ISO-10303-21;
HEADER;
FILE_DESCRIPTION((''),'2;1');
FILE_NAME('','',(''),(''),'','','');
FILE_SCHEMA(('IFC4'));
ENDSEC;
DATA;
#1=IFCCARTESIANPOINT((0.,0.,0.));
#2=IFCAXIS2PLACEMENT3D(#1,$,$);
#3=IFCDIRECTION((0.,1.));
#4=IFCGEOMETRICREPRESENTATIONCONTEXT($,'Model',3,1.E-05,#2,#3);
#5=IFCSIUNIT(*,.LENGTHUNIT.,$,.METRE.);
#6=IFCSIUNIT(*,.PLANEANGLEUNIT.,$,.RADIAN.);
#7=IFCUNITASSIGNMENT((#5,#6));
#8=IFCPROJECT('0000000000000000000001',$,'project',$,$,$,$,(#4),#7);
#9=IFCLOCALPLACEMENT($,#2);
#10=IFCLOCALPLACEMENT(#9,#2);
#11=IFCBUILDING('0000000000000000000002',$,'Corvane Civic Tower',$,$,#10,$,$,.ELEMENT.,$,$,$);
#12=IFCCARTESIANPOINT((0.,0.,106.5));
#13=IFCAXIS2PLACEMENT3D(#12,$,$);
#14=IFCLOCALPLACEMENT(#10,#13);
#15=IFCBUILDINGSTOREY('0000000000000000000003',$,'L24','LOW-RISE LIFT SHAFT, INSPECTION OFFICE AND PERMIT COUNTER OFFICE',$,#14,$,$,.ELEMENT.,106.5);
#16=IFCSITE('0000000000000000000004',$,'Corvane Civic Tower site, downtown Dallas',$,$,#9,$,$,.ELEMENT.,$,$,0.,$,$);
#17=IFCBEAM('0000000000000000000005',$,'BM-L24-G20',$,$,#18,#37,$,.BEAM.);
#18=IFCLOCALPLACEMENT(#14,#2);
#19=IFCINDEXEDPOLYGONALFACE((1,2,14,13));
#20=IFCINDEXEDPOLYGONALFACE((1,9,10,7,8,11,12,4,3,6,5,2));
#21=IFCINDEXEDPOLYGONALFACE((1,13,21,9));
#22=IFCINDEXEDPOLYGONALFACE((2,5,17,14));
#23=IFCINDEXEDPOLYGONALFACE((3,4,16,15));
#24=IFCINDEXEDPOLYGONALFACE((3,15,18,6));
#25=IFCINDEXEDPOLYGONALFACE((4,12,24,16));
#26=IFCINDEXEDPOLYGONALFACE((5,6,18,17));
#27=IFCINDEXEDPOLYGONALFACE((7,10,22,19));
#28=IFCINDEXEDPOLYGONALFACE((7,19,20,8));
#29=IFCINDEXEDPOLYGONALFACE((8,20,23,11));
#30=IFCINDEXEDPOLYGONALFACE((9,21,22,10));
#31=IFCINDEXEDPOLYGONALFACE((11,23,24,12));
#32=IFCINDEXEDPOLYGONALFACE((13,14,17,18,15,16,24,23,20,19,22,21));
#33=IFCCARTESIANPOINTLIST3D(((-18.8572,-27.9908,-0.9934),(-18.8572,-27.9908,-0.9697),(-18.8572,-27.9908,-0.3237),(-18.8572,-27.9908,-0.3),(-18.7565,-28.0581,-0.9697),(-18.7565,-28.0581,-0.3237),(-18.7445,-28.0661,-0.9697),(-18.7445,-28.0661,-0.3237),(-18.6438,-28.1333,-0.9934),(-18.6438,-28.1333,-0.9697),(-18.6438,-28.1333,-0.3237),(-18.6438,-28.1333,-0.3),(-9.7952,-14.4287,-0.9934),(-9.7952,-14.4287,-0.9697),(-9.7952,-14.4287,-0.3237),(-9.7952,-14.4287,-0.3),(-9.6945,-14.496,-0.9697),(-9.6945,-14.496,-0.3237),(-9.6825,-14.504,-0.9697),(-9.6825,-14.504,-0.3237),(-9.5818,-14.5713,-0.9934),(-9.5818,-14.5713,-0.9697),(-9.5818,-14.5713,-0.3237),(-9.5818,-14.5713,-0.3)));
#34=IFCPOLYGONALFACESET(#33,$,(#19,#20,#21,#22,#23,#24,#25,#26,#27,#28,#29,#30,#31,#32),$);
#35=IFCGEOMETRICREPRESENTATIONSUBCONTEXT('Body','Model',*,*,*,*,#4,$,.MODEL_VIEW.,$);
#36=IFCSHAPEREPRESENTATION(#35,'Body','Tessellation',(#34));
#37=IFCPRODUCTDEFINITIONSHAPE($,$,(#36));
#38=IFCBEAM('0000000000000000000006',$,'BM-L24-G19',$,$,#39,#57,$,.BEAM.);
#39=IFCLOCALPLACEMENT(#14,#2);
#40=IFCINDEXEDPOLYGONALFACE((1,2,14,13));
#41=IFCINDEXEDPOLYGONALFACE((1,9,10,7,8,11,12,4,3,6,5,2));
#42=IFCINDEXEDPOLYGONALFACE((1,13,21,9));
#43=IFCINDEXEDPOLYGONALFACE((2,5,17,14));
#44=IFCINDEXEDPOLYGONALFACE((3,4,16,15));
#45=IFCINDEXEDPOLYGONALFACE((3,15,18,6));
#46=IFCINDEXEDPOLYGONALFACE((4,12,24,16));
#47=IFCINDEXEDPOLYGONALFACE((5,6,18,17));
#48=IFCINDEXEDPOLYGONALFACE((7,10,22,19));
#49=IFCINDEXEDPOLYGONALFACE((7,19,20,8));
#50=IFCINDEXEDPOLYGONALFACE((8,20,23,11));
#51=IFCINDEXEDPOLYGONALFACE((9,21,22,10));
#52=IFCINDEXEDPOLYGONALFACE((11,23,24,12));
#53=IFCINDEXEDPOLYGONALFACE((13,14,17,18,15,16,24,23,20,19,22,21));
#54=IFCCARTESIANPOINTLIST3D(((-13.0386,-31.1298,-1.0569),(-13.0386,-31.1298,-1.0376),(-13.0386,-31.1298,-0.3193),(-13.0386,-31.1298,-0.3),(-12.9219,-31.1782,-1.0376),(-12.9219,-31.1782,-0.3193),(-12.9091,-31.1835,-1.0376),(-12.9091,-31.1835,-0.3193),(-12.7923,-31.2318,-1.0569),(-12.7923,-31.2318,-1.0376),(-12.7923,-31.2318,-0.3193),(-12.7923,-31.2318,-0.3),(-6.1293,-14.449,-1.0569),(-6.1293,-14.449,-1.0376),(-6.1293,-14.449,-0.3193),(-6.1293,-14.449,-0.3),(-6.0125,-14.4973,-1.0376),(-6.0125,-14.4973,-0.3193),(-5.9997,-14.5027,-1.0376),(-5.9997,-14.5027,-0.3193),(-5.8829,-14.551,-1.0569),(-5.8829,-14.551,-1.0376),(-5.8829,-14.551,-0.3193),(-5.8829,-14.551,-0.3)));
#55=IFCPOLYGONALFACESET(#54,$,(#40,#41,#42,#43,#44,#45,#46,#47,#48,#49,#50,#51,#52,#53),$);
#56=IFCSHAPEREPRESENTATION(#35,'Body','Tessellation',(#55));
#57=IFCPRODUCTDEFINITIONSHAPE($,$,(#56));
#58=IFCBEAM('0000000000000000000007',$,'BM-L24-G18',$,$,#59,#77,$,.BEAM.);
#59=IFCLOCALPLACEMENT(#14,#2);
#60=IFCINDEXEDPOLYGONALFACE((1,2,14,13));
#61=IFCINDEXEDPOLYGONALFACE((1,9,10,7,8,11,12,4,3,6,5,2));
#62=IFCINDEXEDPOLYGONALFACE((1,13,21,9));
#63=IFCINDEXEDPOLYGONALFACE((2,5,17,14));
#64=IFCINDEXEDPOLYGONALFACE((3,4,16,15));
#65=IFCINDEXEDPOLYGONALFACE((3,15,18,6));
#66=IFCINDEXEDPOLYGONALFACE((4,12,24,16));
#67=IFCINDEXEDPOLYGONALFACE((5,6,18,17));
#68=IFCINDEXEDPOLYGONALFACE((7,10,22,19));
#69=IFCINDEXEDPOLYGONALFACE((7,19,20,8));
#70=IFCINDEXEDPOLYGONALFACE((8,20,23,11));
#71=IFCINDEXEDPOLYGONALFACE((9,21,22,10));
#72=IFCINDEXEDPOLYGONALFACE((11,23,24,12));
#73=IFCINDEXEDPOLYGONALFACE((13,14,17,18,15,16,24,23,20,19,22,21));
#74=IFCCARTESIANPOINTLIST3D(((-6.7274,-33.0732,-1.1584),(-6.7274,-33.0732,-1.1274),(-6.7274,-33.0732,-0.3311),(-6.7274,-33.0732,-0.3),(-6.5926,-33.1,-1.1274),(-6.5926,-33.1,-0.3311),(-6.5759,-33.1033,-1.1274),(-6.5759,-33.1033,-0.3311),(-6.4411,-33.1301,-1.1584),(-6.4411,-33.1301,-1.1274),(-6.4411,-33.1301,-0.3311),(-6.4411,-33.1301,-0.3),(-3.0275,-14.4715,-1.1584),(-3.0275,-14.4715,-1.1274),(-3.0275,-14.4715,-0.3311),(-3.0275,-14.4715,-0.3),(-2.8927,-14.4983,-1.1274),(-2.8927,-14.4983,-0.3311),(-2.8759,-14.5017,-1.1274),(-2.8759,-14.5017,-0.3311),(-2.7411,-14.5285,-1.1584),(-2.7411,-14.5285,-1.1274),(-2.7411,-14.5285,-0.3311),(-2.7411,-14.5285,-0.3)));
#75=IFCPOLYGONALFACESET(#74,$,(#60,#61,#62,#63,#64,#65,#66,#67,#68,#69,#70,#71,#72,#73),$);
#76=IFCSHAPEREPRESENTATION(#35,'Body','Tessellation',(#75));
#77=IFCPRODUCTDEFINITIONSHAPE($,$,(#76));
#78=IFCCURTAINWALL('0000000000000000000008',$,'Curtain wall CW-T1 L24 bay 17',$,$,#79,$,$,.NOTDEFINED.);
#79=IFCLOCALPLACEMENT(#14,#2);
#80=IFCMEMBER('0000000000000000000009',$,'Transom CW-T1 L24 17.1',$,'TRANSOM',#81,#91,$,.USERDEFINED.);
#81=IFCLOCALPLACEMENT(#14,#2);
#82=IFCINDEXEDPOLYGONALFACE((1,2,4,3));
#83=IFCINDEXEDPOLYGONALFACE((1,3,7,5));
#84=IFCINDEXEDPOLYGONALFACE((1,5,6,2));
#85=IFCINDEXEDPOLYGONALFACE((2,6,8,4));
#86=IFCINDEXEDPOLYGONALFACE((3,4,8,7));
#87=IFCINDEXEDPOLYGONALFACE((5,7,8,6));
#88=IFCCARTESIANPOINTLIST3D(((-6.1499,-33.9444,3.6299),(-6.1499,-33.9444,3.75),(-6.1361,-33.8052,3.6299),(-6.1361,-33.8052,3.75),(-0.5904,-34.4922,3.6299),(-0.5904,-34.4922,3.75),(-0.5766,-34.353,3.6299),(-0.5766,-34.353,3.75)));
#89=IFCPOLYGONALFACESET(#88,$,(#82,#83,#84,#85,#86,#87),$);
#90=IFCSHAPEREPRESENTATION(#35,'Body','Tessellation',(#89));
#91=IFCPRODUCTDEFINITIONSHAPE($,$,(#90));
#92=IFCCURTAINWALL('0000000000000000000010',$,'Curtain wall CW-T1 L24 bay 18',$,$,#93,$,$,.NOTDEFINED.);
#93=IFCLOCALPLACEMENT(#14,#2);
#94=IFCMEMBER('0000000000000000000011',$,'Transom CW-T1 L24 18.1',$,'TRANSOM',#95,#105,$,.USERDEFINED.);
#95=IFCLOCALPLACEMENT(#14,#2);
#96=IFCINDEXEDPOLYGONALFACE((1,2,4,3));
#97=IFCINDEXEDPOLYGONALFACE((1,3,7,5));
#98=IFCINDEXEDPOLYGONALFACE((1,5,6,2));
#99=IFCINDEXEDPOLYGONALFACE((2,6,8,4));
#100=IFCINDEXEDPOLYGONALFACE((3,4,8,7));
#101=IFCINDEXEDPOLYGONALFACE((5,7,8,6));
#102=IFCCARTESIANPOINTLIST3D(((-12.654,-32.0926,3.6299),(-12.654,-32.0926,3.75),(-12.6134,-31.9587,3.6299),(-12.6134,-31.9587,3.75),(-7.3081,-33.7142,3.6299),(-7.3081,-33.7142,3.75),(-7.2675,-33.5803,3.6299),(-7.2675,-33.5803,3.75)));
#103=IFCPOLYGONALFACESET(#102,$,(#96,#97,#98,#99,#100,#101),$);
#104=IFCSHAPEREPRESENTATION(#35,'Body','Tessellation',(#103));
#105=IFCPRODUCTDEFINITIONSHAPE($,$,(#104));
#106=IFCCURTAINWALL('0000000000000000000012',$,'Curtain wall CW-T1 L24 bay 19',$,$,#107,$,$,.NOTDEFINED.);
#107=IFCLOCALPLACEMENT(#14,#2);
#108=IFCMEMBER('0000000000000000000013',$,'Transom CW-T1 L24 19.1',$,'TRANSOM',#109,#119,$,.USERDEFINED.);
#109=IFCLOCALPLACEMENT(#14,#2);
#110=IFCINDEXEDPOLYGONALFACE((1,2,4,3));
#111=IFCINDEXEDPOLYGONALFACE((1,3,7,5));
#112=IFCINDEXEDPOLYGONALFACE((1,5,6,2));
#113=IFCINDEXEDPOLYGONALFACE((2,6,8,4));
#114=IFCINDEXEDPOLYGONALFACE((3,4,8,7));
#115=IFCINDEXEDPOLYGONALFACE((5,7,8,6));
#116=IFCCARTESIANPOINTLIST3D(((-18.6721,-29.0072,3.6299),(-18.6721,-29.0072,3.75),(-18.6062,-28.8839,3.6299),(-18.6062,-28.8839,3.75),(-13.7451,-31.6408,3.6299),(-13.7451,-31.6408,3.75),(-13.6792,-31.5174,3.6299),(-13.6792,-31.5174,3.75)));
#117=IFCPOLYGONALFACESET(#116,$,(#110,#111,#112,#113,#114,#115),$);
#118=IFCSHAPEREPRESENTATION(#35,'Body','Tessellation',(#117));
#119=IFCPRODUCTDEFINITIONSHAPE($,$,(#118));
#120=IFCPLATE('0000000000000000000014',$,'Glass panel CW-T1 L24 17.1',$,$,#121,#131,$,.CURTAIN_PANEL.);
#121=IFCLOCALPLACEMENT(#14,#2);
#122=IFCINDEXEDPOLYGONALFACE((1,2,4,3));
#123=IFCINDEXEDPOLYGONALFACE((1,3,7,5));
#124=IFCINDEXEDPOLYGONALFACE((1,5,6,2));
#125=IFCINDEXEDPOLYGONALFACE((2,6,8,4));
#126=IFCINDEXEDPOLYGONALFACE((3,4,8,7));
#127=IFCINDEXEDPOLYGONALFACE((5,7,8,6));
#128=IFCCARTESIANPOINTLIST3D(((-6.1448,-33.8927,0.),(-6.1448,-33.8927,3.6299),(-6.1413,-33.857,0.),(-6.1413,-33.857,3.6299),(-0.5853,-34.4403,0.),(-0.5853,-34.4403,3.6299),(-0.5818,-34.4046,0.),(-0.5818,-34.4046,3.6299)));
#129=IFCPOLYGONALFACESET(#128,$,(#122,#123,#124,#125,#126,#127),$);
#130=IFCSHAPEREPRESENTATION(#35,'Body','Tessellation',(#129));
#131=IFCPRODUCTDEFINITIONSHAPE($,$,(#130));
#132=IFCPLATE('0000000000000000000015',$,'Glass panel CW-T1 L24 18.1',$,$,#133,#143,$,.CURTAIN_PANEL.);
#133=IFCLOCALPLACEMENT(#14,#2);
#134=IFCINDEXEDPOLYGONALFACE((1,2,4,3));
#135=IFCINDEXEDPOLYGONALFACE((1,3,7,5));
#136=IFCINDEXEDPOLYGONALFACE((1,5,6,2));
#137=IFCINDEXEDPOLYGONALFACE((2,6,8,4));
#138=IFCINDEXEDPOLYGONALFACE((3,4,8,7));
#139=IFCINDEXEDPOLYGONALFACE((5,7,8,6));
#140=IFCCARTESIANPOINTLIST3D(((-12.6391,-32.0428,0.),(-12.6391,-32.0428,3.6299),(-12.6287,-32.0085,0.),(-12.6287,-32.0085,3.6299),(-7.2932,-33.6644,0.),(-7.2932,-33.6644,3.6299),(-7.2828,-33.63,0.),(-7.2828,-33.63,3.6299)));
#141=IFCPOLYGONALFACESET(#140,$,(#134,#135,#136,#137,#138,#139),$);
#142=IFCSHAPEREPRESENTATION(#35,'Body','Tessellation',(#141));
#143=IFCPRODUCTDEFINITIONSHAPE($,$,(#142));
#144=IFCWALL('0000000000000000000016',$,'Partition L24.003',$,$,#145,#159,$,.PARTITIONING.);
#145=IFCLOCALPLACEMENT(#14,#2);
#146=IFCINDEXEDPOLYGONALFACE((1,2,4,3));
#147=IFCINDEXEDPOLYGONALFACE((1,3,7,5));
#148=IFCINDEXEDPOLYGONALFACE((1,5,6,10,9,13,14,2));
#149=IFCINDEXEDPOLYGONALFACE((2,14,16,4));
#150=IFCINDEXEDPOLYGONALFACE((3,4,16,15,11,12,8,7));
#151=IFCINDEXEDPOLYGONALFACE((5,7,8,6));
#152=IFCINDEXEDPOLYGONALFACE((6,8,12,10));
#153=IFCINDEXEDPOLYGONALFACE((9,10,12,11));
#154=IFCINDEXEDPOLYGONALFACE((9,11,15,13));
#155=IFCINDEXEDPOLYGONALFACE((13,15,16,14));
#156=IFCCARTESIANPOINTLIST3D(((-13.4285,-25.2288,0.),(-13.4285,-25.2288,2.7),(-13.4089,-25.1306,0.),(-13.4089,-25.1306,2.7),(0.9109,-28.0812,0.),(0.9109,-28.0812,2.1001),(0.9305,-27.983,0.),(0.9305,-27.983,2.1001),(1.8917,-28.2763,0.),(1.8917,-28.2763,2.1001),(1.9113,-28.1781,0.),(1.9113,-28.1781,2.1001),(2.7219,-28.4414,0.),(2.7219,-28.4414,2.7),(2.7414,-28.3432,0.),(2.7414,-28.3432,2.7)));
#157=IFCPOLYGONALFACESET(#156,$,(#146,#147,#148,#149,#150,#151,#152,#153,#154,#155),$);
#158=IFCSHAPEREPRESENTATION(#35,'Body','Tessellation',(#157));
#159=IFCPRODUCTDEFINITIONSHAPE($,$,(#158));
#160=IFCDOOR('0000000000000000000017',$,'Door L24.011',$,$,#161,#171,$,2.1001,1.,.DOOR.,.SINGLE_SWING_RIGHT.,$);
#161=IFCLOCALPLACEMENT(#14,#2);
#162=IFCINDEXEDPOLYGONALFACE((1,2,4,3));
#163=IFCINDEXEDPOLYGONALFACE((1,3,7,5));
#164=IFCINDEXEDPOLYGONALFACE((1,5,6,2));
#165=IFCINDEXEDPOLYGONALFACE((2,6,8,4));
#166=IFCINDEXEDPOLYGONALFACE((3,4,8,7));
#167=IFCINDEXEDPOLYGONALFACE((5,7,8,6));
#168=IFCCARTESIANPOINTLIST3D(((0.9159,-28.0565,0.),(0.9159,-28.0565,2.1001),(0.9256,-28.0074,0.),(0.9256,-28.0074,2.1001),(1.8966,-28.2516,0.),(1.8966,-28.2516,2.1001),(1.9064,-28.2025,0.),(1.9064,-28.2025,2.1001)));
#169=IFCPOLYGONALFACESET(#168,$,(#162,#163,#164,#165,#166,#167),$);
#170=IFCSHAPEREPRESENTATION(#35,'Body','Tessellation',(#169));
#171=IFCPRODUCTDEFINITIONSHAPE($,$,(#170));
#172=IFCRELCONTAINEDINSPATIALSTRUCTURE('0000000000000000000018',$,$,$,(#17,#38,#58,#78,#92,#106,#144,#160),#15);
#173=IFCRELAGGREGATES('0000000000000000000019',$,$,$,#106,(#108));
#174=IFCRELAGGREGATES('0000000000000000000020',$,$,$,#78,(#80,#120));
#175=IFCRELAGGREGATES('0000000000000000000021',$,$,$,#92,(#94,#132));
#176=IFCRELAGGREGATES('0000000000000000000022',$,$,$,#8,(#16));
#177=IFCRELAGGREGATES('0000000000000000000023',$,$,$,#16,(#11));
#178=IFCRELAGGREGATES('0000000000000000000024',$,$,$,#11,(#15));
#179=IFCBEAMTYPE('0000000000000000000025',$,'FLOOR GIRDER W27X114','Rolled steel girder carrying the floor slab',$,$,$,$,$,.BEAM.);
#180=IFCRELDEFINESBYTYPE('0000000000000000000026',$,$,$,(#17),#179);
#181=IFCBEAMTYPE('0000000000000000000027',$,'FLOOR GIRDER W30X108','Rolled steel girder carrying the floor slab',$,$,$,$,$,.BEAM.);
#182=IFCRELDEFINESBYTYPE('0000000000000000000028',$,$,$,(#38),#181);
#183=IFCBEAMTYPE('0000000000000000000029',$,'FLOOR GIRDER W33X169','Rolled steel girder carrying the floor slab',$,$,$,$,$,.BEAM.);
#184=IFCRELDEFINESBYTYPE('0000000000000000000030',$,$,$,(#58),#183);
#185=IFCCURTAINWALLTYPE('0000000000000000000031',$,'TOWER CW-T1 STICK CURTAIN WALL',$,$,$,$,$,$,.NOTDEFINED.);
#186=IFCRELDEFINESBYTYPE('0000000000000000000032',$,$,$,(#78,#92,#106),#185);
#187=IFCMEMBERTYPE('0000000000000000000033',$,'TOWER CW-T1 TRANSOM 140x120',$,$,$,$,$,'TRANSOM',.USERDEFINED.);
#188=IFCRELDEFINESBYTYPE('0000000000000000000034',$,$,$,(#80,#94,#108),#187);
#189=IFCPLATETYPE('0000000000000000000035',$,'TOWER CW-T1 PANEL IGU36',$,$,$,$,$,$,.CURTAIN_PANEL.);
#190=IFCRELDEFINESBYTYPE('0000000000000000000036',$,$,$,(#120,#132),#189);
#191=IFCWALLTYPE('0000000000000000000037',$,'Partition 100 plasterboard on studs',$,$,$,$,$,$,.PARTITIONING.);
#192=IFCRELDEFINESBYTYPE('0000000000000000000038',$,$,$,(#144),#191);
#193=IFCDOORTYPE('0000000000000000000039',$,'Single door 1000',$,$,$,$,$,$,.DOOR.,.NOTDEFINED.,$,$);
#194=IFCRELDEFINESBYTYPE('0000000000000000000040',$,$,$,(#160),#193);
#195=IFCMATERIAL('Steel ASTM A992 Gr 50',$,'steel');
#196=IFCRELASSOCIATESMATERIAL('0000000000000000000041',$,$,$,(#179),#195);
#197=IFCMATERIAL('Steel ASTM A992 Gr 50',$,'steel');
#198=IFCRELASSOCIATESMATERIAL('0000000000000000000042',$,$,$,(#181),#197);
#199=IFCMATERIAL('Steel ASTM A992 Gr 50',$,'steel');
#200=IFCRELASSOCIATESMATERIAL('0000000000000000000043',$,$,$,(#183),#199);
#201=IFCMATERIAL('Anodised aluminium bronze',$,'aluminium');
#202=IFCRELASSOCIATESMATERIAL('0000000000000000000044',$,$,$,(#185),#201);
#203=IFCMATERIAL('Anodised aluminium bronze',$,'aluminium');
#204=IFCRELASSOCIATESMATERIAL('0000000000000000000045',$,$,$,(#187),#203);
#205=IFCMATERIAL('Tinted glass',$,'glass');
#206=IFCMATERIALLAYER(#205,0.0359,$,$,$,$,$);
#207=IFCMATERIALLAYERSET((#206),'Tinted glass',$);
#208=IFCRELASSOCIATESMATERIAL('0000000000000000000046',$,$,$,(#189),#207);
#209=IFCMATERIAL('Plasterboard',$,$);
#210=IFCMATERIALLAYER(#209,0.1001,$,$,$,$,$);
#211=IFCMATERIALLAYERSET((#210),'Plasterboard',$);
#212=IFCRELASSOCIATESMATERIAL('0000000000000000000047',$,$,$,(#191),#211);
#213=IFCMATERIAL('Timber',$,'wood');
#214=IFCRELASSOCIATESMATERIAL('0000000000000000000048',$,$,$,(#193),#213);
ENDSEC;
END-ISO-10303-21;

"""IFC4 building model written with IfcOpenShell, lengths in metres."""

from ifc_helpers import new_model, si_unit, direction, frame, frame_2d, origin, origin_2d, place, context, subcontext, project, spatial, rectangle, i_section, extrude, material, layer, layer_set, material_profile, profile_set, type_object, element, fill, aggregate, save


model = new_model("IFC4")

# Units and contexts
model_context = context("Model", 3, precision=1e-05, world=origin(), true_north=direction((0.0, 1.0)))
body_context = subcontext(model_context, "Body", "Model", "MODEL_VIEW")
ifc_project = project(units=[si_unit("LENGTHUNIT", "METRE"), si_unit("PLANEANGLEUNIT", "RADIAN")], contexts=[model_context])

# Site, building, storey
site_placement = place(None, origin())
site = spatial("IfcSite", under=ifc_project, at=site_placement, Name="Corvane Civic Tower site, downtown Dallas", CompositionType="ELEMENT", RefElevation=0.0)
building_placement = place(site_placement, origin())
building = spatial("IfcBuilding", under=site, at=building_placement, Name="Corvane Civic Tower", CompositionType="ELEMENT")
storey_placement = place(building_placement, frame((0.0, 0.0, 106.5)))
storey = spatial("IfcBuildingStorey", under=building, at=storey_placement, Name="L24", Description="LOW-RISE LIFT SHAFT, INSPECTION OFFICE AND PERMIT COUNTER OFFICE", CompositionType="ELEMENT", Elevation=106.5)

# Beams
ifc_material_1 = material(Name="Steel ASTM A992 Gr 50", Category="steel")
ifc_material_profile_1 = material_profile(ifc_material_1, i_section(OverallWidth=0.2566, OverallDepth=0.6934, WebThickness=0.0144, FlangeThickness=0.0237, at=origin_2d()), Name="W27X114")
ifc_profile_set_1 = profile_set([ifc_material_profile_1], Name="Steel ASTM A992 Gr 50")
beam_type_1 = type_object("IfcBeamType", Name="FLOOR GIRDER W27X114", Description="Rolled steel girder carrying the floor slab", PredefinedType="BEAM", material=ifc_profile_set_1)
beam_1_placement = place(storey_placement, frame((-9.6885, -14.5, -0.6467), z_axis=(-0.555577, -0.831465, 0.0), x_axis=(0.831465, -0.555577, 0.0)))
element("IfcBeam", 1, at=beam_1_placement, inside=storey, type_object=beam_type_1, Name="BM-L24-G20", PredefinedType="BEAM", context=body_context, shape_type="SweptSolid", body=[
    extrude(i_section(OverallWidth=0.2566, OverallDepth=0.6934, WebThickness=0.0144, FlangeThickness=0.0237, at=origin_2d()), origin(), (0.0, 0.0, 1.0), 16.311),
])
ifc_material_2 = material(Name="Steel ASTM A992 Gr 50", Category="steel")
ifc_material_profile_2 = material_profile(ifc_material_2, i_section(OverallWidth=0.2666, OverallDepth=0.7568, WebThickness=0.0139, FlangeThickness=0.0193, at=origin_2d()), Name="W30X108")
ifc_profile_set_2 = profile_set([ifc_material_profile_2], Name="Steel ASTM A992 Gr 50")
beam_type_2 = type_object("IfcBeamType", Name="FLOOR GIRDER W30X108", Description="Rolled steel girder carrying the floor slab", PredefinedType="BEAM", material=ifc_profile_set_2)
beam_2_placement = place(storey_placement, frame((-6.0061, -14.5, -0.6785), z_axis=(-0.382682, -0.92388, 0.0), x_axis=(0.92388, -0.382682, 0.0)))
element("IfcBeam", 2, at=beam_2_placement, inside=storey, type_object=beam_type_2, Name="BM-L24-G19", PredefinedType="BEAM", context=body_context, shape_type="SweptSolid", body=[
    extrude(i_section(OverallWidth=0.2666, OverallDepth=0.7568, WebThickness=0.0139, FlangeThickness=0.0193, at=origin_2d()), origin(), (0.0, 0.0, 1.0), 18.0552),
])
ifc_material_3 = material(Name="Steel ASTM A992 Gr 50", Category="steel")
ifc_material_profile_3 = material_profile(ifc_material_3, i_section(OverallWidth=0.292, OverallDepth=0.8584, WebThickness=0.0171, FlangeThickness=0.031, at=origin_2d()), Name="W33X169")
ifc_profile_set_3 = profile_set([ifc_material_profile_3], Name="Steel ASTM A992 Gr 50")
beam_type_3 = type_object("IfcBeamType", Name="FLOOR GIRDER W33X169", Description="Rolled steel girder carrying the floor slab", PredefinedType="BEAM", material=ifc_profile_set_3)
beam_3_placement = place(storey_placement, frame((-2.8843, -14.5, -0.7292), z_axis=(-0.195084, -0.980787, 0.0), x_axis=(0.980787, -0.195084, 0.0)))
element("IfcBeam", 3, at=beam_3_placement, inside=storey, type_object=beam_type_3, Name="BM-L24-G18", PredefinedType="BEAM", context=body_context, shape_type="SweptSolid", body=[
    extrude(i_section(OverallWidth=0.292, OverallDepth=0.8584, WebThickness=0.0171, FlangeThickness=0.031, at=origin_2d()), origin(), (0.0, 0.0, 1.0), 18.9661),
])

# Curtain walls, members
ifc_material_4 = material(Name="Anodised aluminium bronze", Category="aluminium")
curtain_wall_type = type_object("IfcCurtainWallType", Name="TOWER CW-T1 STICK CURTAIN WALL", PredefinedType="NOTDEFINED", material=ifc_material_4)
curtain_wall_1_placement = place(storey_placement, origin())
curtain_wall_1 = element("IfcCurtainWall", 4, at=curtain_wall_1_placement, inside=storey, type_object=curtain_wall_type, Name="Curtain wall CW-T1 L24 bay 17", PredefinedType="NOTDEFINED")
ifc_material_5 = material(Name="Anodised aluminium bronze", Category="aluminium")
ifc_material_profile_4 = material_profile(ifc_material_5, rectangle(XDim=0.1399, YDim=0.1201, at=origin_2d()), Name="TOWER CW-T1 TRANSOM 140x120")
ifc_profile_set_4 = profile_set([ifc_material_profile_4], Name="Anodised aluminium bronze")
member_type = type_object("IfcMemberType", Name="TOWER CW-T1 TRANSOM 140x120", ElementType="TRANSOM", PredefinedType="USERDEFINED", material=ifc_profile_set_4)
member_1_placement = place(storey_placement, frame((-0.5835, -34.4226, 3.6899), z_axis=(-0.99518, 0.098067, 0.0), x_axis=(-0.098067, -0.99518, 0.0)))
member_1 = element("IfcMember", 5, at=member_1_placement, type_object=member_type, Name="Transom CW-T1 L24 17.1", ObjectType="TRANSOM", PredefinedType="USERDEFINED", context=body_context, shape_type="SweptSolid", body=[
    extrude(rectangle(XDim=0.1399, YDim=0.1201, at=origin_2d()), origin(), (0.0, 0.0, 1.0), 5.5864),
])
curtain_wall_2_placement = place(storey_placement, origin())
curtain_wall_2 = element("IfcCurtainWall", 6, at=curtain_wall_2_placement, inside=storey, type_object=curtain_wall_type, Name="Curtain wall CW-T1 L24 bay 18", PredefinedType="NOTDEFINED")
member_2_placement = place(storey_placement, frame((-7.2878, -33.6472, 3.6899), z_axis=(-0.956945, 0.290269, 0.0), x_axis=(-0.290269, -0.956945, 0.0)))
member_2 = element("IfcMember", 7, at=member_2_placement, type_object=member_type, Name="Transom CW-T1 L24 18.1", ObjectType="TRANSOM", PredefinedType="USERDEFINED", context=body_context, shape_type="SweptSolid", body=[
    extrude(rectangle(XDim=0.1399, YDim=0.1201, at=origin_2d()), origin(), (0.0, 0.0, 1.0), 5.5864),
])
curtain_wall_3_placement = place(storey_placement, origin())
curtain_wall_3 = element("IfcCurtainWall", 8, at=curtain_wall_3_placement, inside=storey, type_object=curtain_wall_type, Name="Curtain wall CW-T1 L24 bay 19", PredefinedType="NOTDEFINED")
member_3_placement = place(storey_placement, frame((-13.7122, -31.5791, 3.6899), z_axis=(-0.881921, 0.471398, 0.0), x_axis=(-0.471398, -0.881921, 0.0)))
member_3 = element("IfcMember", 9, at=member_3_placement, type_object=member_type, Name="Transom CW-T1 L24 19.1", ObjectType="TRANSOM", PredefinedType="USERDEFINED", context=body_context, shape_type="SweptSolid", body=[
    extrude(rectangle(XDim=0.1399, YDim=0.1201, at=origin_2d()), origin(), (0.0, 0.0, 1.0), 5.5867),
])
aggregate(curtain_wall_3, [member_3])

# Plates
ifc_material_6 = material(Name="Tinted glass", Category="glass")
ifc_layer_1 = layer(ifc_material_6, 0.0359)
ifc_layer_set_1 = layer_set([ifc_layer_1], Name="Tinted glass")
plate_type = type_object("IfcPlateType", Name="TOWER CW-T1 PANEL IGU36", PredefinedType="CURTAIN_PANEL", material=ifc_layer_set_1)
plate_1_placement = place(storey_placement, frame((-3.3633, -34.1487, 0.0), z_axis=(0.0, 0.0, 1.0), x_axis=(-0.995184, 0.098027, 0.0)))
plate_1 = element("IfcPlate", 10, at=plate_1_placement, type_object=plate_type, Name="Glass panel CW-T1 L24 17.1", PredefinedType="CURTAIN_PANEL", context=body_context, shape_type="SweptSolid", body=[
    extrude(rectangle(XDim=5.5864, YDim=0.0359, at=origin_2d()), origin(), (0.0, 0.0, 1.0), 3.6299),
])
aggregate(curtain_wall_1, [member_1, plate_1])
plate_2_placement = place(storey_placement, frame((-9.9609, -32.8364, 0.0), z_axis=(0.0, 0.0, 1.0), x_axis=(-0.956946, 0.290266, 0.0)))
plate_2 = element("IfcPlate", 11, at=plate_2_placement, type_object=plate_type, Name="Glass panel CW-T1 L24 18.1", PredefinedType="CURTAIN_PANEL", context=body_context, shape_type="SweptSolid", body=[
    extrude(rectangle(XDim=5.5864, YDim=0.0359, at=origin_2d()), origin(), (0.0, 0.0, 1.0), 3.6299),
])
aggregate(curtain_wall_2, [member_2, plate_2])

# Wall, opening, door
ifc_material_7 = material(Name="Plasterboard")
ifc_layer_2 = layer(ifc_material_7, 0.1001)
ifc_layer_set_2 = layer_set([ifc_layer_2], Name="Plasterboard")
wall_type = type_object("IfcWallType", Name="Partition 100 plasterboard on studs", PredefinedType="PARTITIONING", material=ifc_layer_set_2)
wall_placement = place(storey_placement, frame((-13.4187, -25.1797, 0.0), z_axis=(0.0, 0.0, 1.0), x_axis=(0.980784, -0.195098, 0.0)))
wall = element("IfcWall", 12, at=wall_placement, inside=storey, type_object=wall_type, Name="Partition L24.003", PredefinedType="PARTITIONING", context=body_context, shape_type="SweptSolid", body=[
    extrude(rectangle(XDim=16.4668, YDim=0.1001, at=frame_2d((8.2334, 0.0))), origin(), (0.0, 0.0, 1.0), 2.7),
])
opening_placement = place(wall_placement, frame((14.6204, 0.0, 0.0)))
opening = element("IfcOpeningElement", 13, at=opening_placement, cuts=wall, PredefinedType="OPENING", context=body_context, shape_type="SweptSolid", body=[
    extrude(rectangle(XDim=1.0, YDim=2.1001, at=frame_2d((0.5, 1.05))), frame((0.0, 0.0601, 0.0), z_axis=(0.0, -1.0, 0.0), x_axis=(1.0, 0.0, 0.0)), (0.0, 0.0, 1.0), 0.1201),
])
ifc_material_8 = material(Name="Timber", Category="wood")
door_type = type_object("IfcDoorType", Name="Single door 1000", OperationType="NOTDEFINED", PredefinedType="DOOR", material=ifc_material_8)
door_placement = place(opening_placement, frame((1.0, 0.0, 0.0), z_axis=(0.0, 0.0, 1.0), x_axis=(-1.0, 0.0, 0.0)))
door = element("IfcDoor", 14, at=door_placement, inside=storey, type_object=door_type, Name="Door L24.011", OperationType="SINGLE_SWING_RIGHT", OverallHeight=2.1001, OverallWidth=1.0, PredefinedType="DOOR", context=body_context, shape_type="SweptSolid", body=[
    extrude(rectangle(XDim=1.0, YDim=2.1001, at=frame_2d((0.5, 1.05))), frame((0.0, 0.0249, 0.0), z_axis=(0.0, -1.0, 0.0), x_axis=(1.0, 0.0, 0.0)), (0.0, 0.0, 1.0), 0.05),
])
fill(opening, door)

save(model, "model.ifc")
